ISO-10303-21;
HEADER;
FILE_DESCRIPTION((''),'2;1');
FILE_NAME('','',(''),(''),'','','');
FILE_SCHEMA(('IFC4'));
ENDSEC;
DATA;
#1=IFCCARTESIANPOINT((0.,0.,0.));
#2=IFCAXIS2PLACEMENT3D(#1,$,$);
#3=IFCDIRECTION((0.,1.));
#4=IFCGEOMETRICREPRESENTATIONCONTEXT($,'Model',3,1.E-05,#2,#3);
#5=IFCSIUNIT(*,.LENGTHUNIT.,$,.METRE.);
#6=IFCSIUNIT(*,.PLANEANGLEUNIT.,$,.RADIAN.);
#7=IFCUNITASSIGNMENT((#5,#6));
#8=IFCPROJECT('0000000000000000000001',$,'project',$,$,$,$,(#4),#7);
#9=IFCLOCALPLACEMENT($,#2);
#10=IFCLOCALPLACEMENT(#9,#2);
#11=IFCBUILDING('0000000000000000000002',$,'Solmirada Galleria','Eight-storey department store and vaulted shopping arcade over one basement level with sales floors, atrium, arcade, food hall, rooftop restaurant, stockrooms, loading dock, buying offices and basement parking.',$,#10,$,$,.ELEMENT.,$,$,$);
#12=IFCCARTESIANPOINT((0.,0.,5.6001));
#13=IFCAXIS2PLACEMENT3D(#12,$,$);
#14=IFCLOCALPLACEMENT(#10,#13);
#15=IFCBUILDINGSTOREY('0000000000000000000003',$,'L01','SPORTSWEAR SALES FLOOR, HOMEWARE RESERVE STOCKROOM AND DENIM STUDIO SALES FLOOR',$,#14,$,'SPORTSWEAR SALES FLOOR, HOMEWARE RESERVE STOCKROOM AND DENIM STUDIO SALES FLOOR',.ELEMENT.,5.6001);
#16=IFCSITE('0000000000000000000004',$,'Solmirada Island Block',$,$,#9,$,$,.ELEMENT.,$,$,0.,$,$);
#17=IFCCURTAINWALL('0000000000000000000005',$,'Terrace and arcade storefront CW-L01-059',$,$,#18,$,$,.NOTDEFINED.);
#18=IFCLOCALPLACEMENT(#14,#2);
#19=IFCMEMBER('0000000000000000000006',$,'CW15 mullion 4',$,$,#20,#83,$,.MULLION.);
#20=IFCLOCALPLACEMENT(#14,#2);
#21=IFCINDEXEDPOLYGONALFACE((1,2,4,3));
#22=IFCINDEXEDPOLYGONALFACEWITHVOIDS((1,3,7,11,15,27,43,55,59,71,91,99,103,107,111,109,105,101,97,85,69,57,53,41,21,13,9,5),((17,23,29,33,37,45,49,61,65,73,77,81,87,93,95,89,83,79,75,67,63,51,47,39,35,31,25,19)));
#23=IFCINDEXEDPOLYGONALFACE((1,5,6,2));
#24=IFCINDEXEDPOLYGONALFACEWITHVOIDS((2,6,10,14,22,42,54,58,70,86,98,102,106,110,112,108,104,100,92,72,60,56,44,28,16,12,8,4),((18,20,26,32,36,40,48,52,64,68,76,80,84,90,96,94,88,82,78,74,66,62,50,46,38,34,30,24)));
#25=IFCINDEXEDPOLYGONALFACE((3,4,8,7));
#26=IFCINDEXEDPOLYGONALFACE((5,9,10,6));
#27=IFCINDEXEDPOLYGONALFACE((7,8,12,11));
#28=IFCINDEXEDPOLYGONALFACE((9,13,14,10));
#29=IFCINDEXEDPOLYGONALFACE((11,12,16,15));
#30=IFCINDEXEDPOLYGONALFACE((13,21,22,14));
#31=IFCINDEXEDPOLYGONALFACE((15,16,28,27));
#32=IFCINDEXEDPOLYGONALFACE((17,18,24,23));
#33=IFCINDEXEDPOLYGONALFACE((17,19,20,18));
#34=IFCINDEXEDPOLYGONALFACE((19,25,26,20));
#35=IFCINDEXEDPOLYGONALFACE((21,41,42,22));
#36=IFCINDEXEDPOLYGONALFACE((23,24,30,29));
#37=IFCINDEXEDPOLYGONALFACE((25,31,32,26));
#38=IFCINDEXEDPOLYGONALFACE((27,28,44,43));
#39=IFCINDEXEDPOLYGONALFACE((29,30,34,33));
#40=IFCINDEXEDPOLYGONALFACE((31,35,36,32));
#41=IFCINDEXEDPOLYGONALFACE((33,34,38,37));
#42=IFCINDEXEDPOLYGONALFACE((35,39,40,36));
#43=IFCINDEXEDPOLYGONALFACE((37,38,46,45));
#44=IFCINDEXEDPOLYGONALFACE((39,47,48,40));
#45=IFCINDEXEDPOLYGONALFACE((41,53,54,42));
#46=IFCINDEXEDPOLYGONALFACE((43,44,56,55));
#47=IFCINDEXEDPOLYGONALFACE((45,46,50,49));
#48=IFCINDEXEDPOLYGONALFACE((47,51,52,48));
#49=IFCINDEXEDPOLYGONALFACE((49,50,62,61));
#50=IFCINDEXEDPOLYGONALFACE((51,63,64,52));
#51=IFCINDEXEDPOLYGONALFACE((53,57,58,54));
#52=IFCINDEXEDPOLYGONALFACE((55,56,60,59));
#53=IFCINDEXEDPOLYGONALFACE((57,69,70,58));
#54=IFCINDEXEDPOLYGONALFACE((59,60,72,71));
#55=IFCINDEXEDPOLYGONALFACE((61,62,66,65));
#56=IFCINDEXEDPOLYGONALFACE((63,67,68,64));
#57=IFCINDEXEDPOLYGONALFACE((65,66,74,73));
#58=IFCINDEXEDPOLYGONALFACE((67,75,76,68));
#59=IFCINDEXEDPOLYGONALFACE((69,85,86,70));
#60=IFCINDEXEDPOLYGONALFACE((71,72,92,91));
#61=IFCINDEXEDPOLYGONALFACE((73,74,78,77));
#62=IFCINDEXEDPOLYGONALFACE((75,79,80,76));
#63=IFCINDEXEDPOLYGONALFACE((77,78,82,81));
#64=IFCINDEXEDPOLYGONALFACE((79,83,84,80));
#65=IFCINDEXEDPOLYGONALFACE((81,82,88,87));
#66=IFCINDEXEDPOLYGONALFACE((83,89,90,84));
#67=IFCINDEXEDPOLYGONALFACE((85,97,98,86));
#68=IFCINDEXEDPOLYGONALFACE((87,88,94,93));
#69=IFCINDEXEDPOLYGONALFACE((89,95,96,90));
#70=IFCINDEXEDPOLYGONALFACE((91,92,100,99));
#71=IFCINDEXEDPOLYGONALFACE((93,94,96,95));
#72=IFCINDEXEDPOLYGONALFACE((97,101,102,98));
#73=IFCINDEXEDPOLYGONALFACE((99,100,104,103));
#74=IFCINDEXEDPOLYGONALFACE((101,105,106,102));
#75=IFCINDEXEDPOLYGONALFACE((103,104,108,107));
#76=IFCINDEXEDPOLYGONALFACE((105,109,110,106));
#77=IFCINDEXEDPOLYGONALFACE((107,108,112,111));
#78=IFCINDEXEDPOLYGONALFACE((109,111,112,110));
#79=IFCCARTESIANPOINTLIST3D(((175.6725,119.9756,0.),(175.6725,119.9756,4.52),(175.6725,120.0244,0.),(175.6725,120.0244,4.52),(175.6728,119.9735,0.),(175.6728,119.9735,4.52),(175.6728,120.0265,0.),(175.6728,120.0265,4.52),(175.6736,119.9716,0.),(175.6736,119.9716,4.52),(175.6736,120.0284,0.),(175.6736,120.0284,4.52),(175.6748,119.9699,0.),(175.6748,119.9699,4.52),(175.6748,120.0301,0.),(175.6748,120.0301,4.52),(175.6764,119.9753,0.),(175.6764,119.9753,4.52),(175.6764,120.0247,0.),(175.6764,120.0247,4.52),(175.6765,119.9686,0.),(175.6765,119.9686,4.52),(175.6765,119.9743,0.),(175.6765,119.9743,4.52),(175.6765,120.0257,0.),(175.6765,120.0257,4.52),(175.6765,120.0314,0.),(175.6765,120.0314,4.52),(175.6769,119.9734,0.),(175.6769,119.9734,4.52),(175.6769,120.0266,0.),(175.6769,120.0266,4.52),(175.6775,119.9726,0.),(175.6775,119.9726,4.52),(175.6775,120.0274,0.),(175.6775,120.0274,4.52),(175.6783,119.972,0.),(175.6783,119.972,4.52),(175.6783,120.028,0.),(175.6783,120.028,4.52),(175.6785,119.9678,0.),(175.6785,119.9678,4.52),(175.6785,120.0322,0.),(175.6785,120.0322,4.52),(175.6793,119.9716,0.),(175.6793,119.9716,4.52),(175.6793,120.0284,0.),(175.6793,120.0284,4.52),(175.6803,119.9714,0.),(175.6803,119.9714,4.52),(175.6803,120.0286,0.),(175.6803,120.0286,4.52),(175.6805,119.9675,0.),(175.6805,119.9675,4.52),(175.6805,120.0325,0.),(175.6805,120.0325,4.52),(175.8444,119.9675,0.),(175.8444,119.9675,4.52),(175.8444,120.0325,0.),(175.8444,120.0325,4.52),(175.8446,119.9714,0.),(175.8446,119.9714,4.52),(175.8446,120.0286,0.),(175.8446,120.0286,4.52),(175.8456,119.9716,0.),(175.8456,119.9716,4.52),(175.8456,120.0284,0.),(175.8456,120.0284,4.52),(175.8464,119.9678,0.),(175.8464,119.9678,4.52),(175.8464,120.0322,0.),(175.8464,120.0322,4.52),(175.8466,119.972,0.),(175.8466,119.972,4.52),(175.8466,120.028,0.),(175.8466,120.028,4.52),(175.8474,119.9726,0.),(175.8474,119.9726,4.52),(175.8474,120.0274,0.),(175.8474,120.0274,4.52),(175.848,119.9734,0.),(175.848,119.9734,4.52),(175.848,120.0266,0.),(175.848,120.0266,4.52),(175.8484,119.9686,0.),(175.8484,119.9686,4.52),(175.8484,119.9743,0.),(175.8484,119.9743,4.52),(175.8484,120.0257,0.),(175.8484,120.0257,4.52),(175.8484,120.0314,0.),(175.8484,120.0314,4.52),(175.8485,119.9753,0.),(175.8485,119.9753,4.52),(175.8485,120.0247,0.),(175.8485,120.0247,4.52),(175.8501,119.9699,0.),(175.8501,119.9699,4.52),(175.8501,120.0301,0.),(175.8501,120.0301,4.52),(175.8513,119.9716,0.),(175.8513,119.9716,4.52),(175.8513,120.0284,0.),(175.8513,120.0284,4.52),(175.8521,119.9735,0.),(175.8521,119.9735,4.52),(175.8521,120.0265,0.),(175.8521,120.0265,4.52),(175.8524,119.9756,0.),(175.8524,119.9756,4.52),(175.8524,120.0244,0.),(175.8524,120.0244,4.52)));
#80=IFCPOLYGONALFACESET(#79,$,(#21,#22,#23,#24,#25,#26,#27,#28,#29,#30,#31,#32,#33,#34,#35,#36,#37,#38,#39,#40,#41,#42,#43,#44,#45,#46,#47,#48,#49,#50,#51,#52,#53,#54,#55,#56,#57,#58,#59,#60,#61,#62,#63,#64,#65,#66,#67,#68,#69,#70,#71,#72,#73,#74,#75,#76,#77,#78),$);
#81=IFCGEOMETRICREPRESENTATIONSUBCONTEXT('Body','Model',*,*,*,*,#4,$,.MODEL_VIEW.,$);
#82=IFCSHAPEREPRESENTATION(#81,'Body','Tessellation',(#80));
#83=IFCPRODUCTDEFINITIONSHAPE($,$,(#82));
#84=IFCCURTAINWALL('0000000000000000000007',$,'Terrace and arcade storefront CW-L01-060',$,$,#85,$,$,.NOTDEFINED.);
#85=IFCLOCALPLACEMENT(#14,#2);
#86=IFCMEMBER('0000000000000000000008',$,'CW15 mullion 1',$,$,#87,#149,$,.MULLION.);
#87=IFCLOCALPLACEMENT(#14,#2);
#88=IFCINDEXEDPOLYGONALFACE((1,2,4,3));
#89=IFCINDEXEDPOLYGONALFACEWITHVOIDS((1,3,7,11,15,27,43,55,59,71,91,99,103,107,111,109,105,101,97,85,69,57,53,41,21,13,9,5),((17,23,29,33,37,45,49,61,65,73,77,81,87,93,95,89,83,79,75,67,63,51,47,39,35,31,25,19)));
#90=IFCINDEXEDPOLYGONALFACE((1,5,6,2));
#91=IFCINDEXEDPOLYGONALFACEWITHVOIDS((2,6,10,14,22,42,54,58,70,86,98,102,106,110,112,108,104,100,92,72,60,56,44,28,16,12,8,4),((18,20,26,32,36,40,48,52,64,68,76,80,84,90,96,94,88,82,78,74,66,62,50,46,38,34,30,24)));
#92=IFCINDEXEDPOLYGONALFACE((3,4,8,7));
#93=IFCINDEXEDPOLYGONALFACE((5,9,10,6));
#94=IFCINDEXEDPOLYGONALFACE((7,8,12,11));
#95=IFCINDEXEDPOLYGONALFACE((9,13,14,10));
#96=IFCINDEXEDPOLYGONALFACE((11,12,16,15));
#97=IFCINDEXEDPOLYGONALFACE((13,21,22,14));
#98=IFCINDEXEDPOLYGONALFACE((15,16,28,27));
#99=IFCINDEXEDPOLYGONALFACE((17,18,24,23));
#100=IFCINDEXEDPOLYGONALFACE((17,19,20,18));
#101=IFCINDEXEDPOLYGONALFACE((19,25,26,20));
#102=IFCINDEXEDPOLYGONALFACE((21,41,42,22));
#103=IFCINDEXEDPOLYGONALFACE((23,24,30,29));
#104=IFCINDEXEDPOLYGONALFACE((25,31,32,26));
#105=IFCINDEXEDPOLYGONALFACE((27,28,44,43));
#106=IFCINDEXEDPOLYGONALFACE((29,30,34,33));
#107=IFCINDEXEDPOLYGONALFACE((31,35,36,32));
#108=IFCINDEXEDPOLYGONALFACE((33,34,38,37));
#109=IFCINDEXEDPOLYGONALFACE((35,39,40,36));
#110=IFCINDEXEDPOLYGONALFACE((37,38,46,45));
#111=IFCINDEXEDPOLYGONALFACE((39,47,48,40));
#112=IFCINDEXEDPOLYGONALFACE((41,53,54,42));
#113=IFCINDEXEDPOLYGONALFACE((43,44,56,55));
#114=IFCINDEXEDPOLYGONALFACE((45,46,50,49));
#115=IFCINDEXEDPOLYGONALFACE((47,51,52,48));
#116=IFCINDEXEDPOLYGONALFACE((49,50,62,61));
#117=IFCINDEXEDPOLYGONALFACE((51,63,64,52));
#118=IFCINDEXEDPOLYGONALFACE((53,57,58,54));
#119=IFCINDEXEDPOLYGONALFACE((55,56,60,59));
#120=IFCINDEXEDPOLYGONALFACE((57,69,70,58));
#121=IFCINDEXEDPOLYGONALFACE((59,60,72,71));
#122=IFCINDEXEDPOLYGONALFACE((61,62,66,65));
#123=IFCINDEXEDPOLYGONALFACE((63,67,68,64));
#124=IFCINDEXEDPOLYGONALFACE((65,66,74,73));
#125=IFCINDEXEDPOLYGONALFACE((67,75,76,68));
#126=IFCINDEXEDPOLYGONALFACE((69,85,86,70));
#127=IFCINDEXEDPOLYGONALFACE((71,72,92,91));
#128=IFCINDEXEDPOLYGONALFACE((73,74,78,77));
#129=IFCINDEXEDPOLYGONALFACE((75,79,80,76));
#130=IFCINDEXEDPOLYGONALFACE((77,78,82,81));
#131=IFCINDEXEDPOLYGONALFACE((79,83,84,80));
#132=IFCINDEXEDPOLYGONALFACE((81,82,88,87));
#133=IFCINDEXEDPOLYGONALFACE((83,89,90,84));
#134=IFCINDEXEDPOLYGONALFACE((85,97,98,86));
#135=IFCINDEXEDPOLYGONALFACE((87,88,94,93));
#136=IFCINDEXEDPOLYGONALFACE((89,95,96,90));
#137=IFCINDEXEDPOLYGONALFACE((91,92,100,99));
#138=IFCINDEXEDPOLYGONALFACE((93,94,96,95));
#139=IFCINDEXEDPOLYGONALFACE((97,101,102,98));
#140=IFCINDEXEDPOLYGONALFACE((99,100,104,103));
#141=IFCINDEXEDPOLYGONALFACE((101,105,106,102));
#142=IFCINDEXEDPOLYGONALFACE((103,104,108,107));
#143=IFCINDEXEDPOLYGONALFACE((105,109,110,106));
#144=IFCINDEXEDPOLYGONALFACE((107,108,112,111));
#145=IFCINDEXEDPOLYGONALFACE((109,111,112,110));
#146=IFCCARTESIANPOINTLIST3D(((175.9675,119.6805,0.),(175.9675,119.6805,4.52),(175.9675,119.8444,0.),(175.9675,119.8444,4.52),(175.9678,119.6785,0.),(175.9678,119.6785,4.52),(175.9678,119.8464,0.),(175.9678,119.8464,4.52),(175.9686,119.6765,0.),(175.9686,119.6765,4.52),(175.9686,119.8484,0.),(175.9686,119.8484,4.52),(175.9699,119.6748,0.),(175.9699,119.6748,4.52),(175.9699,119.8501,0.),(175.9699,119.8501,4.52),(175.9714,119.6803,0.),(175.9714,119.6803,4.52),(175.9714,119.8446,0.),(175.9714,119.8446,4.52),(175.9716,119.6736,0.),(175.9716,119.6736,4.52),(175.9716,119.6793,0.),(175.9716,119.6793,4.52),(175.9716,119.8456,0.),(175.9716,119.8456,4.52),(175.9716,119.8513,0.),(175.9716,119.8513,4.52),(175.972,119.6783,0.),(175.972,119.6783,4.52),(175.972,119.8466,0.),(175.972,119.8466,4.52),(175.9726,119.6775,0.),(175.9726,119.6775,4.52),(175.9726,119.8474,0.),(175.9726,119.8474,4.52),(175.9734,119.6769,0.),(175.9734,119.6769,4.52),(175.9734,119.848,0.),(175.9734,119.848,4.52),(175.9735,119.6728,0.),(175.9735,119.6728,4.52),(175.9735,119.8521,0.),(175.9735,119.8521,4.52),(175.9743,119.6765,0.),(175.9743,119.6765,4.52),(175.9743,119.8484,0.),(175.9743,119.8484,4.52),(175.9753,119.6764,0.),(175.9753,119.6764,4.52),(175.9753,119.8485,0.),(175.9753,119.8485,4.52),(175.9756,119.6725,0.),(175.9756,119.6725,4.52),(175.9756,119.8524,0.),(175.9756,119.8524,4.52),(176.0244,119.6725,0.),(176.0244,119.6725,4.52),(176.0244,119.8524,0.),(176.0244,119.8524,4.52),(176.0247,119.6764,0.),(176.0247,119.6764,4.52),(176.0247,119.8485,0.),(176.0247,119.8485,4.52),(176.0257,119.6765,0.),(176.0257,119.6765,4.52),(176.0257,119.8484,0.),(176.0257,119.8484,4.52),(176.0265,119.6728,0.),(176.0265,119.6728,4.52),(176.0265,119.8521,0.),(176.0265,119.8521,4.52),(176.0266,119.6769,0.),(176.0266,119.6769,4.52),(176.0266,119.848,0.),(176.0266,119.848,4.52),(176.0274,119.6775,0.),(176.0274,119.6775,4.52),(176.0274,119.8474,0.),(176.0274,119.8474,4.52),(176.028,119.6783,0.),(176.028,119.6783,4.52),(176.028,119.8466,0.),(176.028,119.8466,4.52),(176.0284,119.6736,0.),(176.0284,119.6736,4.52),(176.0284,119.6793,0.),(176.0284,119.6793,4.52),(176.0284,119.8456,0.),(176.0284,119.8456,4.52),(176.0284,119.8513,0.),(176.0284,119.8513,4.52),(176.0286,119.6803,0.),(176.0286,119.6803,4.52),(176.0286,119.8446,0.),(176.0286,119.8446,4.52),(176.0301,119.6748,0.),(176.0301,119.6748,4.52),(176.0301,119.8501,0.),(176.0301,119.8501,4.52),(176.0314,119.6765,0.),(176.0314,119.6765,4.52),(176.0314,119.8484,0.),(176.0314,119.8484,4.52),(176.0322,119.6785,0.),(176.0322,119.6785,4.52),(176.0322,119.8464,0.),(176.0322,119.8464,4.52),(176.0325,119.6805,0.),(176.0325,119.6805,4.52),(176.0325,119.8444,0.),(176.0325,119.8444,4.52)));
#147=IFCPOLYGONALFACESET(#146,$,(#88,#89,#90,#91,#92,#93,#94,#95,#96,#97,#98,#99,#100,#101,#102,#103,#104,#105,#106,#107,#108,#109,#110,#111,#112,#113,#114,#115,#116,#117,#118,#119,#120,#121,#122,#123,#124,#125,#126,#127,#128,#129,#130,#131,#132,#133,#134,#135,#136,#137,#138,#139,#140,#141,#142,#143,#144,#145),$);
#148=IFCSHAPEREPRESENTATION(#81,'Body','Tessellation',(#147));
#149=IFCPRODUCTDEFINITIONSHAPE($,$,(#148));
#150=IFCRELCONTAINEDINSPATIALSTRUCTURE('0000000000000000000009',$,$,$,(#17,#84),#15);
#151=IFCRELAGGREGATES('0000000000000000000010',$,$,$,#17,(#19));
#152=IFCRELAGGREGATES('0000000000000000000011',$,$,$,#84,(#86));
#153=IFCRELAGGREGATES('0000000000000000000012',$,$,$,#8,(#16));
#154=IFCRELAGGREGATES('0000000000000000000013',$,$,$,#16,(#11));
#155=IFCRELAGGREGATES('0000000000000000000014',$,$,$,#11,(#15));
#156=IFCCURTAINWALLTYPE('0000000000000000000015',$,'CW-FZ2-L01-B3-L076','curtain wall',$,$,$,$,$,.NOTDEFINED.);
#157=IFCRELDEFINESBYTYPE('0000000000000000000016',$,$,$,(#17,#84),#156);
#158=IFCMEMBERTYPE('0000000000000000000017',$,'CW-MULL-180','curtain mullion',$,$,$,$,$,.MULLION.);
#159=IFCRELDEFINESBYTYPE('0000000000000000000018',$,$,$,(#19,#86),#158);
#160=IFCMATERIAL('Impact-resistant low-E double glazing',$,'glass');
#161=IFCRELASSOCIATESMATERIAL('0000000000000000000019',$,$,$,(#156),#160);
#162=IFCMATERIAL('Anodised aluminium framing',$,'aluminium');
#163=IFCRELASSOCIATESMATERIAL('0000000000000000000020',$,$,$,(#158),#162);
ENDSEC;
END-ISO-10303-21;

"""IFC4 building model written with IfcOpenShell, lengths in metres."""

from ifc_helpers import new_model, si_unit, direction, frame, origin, origin_2d, place, context, subcontext, project, spatial, hollow_rectangle, extrude, material, material_profile, profile_set, type_object, element, aggregate, save


model = new_model("IFC4")

# Units and contexts
model_context = context("Model", 3, precision=1e-05, world=origin(), true_north=direction((0.0, 1.0)))
body_context = subcontext(model_context, "Body", "Model", "MODEL_VIEW")
ifc_project = project(units=[si_unit("LENGTHUNIT", "METRE"), si_unit("PLANEANGLEUNIT", "RADIAN")], contexts=[model_context])

# Site, building, storey
site_placement = place(None, origin())
site = spatial("IfcSite", under=ifc_project, at=site_placement, Name="Solmirada Island Block", CompositionType="ELEMENT", RefElevation=0.0)
building_placement = place(site_placement, origin())
building = spatial("IfcBuilding", under=site, at=building_placement, Name="Solmirada Galleria", Description="Eight-storey department store and vaulted shopping arcade over one basement level with sales floors, atrium, arcade, food hall, rooftop restaurant, stockrooms, loading dock, buying offices and basement parking.", CompositionType="ELEMENT")
storey_placement = place(building_placement, frame((0.0, 0.0, 5.6001)))
storey = spatial("IfcBuildingStorey", under=building, at=storey_placement, Name="L01", Description="SPORTSWEAR SALES FLOOR, HOMEWARE RESERVE STOCKROOM AND DENIM STUDIO SALES FLOOR", LongName="SPORTSWEAR SALES FLOOR, HOMEWARE RESERVE STOCKROOM AND DENIM STUDIO SALES FLOOR", CompositionType="ELEMENT", Elevation=5.6001)

# Curtain wall, member
ifc_material_1 = material(Name="Impact-resistant low-E double glazing", Category="glass")
curtain_wall_type = type_object("IfcCurtainWallType", Name="CW-FZ2-L01-B3-L076", Description="curtain wall", PredefinedType="NOTDEFINED", material=ifc_material_1)
curtain_wall_1_placement = place(storey_placement, origin())
curtain_wall_1 = element("IfcCurtainWall", 1, at=curtain_wall_1_placement, inside=storey, type_object=curtain_wall_type, Name="Terrace and arcade storefront CW-L01-059", PredefinedType="NOTDEFINED")
ifc_material_2 = material(Name="Anodised aluminium framing", Category="aluminium")
ifc_material_profile_1 = material_profile(ifc_material_2, hollow_rectangle(XDim=0.0649, YDim=0.1799, WallThickness=0.0039, InnerFilletRadius=0.0039, OuterFilletRadius=0.0081, at=origin_2d()), Name="ALU-MULL-180X65")
ifc_profile_set_1 = profile_set([ifc_material_profile_1], Name="Anodised aluminium framing")
member_type_1 = type_object("IfcMemberType", Name="CW-MULL-180", Description="curtain mullion", PredefinedType="MULLION", material=ifc_profile_set_1)
member_1_placement = place(storey_placement, frame((175.7625, 120.0, 0.0), z_axis=(0.0, 0.0, 1.0), x_axis=(0.0, 1.0, 0.0)))
member_1 = element("IfcMember", 2, at=member_1_placement, type_object=member_type_1, Name="CW15 mullion 4", PredefinedType="MULLION", context=body_context, shape_type="SweptSolid", body=[
    extrude(hollow_rectangle(XDim=0.0649, YDim=0.1799, WallThickness=0.0039, InnerFilletRadius=0.0039, OuterFilletRadius=0.0081, at=origin_2d()), origin(), (0.0, 0.0, 1.0), 4.52),
])

# Curtain wall, member
curtain_wall_2_placement = place(storey_placement, origin())
curtain_wall_2 = element("IfcCurtainWall", 3, at=curtain_wall_2_placement, inside=storey, type_object=curtain_wall_type, Name="Terrace and arcade storefront CW-L01-060", PredefinedType="NOTDEFINED")
member_2_placement = place(storey_placement, frame((176.0, 119.7625, 0.0), z_axis=(0.0, 0.0, 1.0), x_axis=(1.0, 0.0, 0.0)))
member_2 = element("IfcMember", 4, at=member_2_placement, type_object=member_type_1, Name="CW15 mullion 1", PredefinedType="MULLION", context=body_context, shape_type="SweptSolid", body=[
    extrude(hollow_rectangle(XDim=0.0649, YDim=0.1799, WallThickness=0.0039, InnerFilletRadius=0.0039, OuterFilletRadius=0.0081, at=origin_2d()), origin(), (0.0, 0.0, 1.0), 4.52),
])

aggregate(curtain_wall_1, [member_1])
aggregate(curtain_wall_2, [member_2])

save(model, "model.ifc")
